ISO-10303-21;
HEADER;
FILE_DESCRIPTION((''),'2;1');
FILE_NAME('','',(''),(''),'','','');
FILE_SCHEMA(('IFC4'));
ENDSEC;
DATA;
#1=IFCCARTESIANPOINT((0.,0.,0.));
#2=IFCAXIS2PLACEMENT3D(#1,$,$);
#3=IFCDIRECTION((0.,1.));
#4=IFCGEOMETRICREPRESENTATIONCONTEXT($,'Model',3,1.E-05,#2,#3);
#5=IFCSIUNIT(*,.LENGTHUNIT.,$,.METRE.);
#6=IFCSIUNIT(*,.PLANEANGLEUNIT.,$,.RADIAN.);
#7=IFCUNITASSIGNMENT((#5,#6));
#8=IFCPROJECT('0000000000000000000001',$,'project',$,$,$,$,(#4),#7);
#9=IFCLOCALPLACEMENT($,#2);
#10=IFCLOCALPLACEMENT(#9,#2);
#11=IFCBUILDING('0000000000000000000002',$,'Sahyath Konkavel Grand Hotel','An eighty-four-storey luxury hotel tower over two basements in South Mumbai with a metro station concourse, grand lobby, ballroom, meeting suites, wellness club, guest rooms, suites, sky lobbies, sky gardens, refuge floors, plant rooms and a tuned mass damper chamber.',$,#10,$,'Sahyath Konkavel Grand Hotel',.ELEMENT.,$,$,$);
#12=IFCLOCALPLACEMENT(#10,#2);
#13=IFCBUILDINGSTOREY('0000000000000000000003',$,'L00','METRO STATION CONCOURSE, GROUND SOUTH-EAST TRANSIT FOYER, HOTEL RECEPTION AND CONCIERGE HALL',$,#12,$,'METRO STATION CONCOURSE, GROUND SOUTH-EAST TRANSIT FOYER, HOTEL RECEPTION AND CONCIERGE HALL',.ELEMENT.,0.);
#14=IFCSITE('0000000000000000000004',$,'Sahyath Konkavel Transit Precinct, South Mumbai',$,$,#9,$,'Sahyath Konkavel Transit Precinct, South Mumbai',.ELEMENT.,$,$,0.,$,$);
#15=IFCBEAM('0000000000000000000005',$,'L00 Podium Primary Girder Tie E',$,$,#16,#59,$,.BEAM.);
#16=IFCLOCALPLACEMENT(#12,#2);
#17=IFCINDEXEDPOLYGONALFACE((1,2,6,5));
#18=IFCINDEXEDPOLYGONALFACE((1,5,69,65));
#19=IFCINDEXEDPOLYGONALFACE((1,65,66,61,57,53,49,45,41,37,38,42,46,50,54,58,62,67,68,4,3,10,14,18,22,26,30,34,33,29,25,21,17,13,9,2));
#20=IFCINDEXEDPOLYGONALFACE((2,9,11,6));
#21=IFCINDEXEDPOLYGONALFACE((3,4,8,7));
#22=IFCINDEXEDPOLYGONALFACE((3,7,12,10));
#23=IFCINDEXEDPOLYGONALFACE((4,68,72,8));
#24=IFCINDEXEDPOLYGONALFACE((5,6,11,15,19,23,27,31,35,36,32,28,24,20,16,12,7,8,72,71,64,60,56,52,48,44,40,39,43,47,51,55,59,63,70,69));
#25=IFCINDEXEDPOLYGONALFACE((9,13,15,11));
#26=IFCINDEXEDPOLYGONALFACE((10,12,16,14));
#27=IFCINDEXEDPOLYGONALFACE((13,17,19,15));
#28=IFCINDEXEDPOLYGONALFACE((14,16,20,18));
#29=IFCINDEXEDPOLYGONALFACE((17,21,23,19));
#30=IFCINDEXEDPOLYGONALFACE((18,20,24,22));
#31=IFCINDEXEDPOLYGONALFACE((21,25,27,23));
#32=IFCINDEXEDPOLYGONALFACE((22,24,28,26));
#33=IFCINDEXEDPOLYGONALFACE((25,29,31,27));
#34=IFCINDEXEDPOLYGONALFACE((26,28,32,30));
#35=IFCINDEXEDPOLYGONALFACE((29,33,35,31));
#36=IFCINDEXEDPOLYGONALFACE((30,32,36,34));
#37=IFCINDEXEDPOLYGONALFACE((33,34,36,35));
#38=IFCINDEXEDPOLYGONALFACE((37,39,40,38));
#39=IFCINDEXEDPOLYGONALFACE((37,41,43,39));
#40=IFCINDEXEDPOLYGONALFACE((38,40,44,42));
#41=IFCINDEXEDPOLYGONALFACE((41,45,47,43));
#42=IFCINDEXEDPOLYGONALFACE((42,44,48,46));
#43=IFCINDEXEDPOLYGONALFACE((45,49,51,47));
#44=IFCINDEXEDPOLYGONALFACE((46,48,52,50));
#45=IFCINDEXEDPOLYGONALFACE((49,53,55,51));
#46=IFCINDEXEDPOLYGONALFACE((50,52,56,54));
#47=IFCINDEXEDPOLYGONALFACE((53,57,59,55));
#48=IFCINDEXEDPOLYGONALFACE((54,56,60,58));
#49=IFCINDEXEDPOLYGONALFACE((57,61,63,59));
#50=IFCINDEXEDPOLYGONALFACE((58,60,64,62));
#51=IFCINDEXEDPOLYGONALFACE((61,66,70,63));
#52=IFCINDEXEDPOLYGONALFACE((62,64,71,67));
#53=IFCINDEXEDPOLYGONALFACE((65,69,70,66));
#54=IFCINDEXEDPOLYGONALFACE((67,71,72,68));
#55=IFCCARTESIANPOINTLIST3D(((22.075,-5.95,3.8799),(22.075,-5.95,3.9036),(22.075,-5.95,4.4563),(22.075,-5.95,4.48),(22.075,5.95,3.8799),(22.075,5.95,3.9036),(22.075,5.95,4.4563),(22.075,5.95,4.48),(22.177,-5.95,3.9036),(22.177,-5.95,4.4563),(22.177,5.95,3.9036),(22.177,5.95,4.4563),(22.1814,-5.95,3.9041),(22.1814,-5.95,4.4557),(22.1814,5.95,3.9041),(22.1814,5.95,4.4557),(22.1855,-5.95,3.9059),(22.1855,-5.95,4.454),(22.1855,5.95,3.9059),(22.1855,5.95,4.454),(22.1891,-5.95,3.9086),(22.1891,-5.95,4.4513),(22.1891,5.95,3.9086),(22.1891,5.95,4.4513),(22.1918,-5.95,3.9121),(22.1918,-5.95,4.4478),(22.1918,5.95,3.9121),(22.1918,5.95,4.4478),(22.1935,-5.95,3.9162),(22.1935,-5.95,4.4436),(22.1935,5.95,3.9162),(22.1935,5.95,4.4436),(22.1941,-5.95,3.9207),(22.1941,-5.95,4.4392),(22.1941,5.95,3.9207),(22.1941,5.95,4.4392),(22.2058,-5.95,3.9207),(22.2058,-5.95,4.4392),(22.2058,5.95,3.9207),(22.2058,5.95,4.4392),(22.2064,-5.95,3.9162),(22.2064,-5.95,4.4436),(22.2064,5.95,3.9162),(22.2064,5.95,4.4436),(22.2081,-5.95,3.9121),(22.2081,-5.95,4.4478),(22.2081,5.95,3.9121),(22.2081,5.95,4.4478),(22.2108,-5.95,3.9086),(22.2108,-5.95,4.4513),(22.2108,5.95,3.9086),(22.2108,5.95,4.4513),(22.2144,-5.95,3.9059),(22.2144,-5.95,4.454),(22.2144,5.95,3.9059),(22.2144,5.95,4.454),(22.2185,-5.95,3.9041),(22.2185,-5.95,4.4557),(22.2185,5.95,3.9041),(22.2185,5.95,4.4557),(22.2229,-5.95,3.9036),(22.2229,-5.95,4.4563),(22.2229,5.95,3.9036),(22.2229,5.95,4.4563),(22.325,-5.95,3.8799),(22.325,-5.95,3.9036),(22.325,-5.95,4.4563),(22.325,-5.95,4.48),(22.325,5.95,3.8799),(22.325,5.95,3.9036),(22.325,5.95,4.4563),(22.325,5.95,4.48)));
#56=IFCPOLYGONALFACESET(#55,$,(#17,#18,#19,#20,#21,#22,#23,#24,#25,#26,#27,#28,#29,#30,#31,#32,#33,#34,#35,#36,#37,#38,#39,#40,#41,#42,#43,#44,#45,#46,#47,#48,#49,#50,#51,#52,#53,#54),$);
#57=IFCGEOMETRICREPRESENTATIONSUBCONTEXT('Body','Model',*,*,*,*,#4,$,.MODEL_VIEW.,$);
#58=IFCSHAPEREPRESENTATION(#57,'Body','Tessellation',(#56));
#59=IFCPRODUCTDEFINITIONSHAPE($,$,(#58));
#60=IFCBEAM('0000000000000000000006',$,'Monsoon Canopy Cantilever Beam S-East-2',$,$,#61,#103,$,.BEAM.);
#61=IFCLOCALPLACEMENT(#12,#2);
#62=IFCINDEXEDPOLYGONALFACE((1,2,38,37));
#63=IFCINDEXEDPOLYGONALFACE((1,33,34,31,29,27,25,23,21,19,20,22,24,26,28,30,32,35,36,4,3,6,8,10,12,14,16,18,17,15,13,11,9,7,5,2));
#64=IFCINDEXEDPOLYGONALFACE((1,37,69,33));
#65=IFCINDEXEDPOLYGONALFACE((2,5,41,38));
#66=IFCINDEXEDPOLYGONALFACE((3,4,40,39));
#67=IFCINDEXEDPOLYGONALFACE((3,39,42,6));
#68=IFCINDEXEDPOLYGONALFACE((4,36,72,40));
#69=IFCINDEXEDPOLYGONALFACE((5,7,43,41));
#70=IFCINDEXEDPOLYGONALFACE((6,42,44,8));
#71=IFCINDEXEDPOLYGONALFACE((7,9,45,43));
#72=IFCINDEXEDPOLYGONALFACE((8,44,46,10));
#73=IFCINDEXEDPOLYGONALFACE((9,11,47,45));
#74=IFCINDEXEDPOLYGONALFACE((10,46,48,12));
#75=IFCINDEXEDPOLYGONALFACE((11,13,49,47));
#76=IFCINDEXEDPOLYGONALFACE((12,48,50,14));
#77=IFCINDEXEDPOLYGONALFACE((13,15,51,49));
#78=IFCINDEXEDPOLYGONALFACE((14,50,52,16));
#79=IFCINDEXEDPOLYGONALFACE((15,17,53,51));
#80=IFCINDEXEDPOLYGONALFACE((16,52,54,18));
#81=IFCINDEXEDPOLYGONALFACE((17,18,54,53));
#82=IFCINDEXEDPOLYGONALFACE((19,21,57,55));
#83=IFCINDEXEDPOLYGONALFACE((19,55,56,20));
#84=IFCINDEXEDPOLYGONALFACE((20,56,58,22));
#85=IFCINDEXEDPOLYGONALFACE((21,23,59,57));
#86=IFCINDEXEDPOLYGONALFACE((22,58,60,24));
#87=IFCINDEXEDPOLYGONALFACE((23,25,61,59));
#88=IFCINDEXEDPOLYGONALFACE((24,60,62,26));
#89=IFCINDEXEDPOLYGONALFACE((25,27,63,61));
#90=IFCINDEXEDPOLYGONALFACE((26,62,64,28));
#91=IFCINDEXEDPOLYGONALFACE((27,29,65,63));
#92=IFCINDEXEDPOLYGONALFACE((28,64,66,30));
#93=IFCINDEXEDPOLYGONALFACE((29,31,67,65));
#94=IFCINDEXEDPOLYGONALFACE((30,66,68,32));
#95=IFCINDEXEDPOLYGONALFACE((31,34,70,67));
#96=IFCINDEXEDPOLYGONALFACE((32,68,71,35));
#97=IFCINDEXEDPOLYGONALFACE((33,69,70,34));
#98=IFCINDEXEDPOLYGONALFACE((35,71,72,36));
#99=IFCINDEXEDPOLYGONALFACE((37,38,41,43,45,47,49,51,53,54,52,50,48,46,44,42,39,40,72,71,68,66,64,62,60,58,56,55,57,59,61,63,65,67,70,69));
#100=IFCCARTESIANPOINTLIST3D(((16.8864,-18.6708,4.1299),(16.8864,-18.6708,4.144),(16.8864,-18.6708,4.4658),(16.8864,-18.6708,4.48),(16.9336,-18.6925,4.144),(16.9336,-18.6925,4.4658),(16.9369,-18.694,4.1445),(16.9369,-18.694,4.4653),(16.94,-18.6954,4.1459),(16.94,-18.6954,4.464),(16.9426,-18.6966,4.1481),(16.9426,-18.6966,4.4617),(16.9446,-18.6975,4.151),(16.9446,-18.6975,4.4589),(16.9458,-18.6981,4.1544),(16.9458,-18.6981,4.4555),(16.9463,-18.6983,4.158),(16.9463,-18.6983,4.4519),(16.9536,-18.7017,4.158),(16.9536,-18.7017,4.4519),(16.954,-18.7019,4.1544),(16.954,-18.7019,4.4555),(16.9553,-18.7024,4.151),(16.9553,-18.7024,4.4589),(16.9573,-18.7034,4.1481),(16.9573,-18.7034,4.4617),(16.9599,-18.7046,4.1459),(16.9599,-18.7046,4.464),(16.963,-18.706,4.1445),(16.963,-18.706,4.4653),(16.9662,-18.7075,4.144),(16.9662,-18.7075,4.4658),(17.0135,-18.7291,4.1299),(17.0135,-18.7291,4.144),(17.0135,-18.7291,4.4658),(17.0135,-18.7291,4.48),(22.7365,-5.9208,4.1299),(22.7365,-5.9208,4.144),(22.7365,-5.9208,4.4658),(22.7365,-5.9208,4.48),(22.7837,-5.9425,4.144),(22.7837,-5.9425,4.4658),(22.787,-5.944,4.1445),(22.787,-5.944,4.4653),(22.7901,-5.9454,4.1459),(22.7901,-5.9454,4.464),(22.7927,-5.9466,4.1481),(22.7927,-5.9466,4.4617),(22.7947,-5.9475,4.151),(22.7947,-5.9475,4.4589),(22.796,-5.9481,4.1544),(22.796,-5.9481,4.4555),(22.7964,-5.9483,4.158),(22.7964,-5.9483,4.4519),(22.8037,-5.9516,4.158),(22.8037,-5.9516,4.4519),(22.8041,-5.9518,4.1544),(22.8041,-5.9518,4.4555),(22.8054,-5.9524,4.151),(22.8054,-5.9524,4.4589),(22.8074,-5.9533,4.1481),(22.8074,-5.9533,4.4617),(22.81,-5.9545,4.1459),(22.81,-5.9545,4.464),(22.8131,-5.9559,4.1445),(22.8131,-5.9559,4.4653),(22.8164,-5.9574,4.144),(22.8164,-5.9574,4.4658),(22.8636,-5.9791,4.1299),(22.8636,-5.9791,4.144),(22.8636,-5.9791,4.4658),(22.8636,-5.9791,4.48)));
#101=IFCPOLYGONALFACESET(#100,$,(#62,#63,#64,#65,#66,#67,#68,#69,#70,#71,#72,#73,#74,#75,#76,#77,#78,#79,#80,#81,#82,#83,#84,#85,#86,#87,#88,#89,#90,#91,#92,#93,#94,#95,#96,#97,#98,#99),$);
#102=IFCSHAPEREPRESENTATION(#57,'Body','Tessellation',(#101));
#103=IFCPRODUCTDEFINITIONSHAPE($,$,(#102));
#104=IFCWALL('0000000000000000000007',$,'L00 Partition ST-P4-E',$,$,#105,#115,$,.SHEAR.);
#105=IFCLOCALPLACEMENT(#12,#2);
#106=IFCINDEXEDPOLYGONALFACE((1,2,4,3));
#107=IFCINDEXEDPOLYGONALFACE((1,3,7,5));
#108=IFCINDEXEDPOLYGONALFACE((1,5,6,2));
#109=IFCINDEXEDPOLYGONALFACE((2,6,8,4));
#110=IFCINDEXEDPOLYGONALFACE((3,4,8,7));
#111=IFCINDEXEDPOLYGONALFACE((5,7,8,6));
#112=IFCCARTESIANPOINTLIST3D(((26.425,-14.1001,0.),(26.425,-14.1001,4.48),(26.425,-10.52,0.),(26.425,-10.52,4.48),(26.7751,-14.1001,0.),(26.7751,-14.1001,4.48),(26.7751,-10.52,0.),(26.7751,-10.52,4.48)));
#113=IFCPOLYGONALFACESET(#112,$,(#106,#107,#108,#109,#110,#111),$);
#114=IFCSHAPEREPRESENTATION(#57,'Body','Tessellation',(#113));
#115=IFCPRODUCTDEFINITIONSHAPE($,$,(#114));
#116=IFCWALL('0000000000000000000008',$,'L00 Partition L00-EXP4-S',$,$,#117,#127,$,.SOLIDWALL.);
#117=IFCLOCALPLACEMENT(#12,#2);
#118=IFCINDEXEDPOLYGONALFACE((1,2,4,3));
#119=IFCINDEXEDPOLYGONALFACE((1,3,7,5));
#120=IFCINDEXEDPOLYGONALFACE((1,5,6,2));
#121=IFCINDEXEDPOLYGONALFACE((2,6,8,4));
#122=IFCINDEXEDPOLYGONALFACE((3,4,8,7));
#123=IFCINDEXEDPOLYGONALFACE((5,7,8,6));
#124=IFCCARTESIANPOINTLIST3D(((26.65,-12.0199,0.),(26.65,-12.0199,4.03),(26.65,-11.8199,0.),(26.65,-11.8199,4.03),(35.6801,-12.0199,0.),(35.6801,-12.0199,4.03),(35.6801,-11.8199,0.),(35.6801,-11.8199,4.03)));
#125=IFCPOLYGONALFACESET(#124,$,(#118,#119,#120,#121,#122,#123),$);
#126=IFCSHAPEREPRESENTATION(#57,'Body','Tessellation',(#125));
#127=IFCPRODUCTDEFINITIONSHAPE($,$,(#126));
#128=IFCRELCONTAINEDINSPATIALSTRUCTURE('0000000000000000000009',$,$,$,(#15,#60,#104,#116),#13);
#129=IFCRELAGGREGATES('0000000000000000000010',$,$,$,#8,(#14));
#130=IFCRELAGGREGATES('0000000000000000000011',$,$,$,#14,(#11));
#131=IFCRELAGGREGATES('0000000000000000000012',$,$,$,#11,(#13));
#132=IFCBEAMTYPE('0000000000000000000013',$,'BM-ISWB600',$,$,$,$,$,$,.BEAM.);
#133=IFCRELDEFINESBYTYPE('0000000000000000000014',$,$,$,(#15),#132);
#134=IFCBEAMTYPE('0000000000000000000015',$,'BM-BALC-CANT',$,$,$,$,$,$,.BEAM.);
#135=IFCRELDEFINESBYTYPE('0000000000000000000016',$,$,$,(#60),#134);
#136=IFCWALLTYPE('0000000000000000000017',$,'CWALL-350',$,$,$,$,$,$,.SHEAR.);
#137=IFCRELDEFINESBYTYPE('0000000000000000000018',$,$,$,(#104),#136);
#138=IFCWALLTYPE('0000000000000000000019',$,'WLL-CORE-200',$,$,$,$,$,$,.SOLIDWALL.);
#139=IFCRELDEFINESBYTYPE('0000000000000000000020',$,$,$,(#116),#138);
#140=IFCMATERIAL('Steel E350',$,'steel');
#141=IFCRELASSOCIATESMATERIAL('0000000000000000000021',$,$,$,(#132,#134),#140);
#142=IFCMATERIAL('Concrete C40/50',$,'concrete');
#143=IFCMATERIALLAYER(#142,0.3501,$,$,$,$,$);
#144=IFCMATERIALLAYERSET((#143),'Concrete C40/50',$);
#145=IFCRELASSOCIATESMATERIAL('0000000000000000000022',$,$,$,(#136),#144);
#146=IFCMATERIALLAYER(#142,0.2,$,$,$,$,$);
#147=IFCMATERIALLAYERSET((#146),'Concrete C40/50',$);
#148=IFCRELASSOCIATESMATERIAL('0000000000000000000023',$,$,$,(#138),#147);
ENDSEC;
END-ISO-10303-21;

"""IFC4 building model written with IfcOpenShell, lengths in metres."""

from ifc_helpers import new_model, si_unit, direction, frame, frame_2d, origin, origin_2d, place, context, subcontext, project, spatial, rectangle, i_section, extrude, source, transform, mapped, material, layer, layer_set, material_profile, profile_set, type_object, element, save


model = new_model("IFC4")

# Units and contexts
model_context = context("Model", 3, precision=1e-05, world=origin(), true_north=direction((0.0, 1.0)))
body_context = subcontext(model_context, "Body", "Model", "MODEL_VIEW")
ifc_project = project(units=[si_unit("LENGTHUNIT", "METRE"), si_unit("PLANEANGLEUNIT", "RADIAN")], contexts=[model_context])

# Site, building, storey
site_placement = place(None, origin())
site = spatial("IfcSite", under=ifc_project, at=site_placement, Name="Sahyath Konkavel Transit Precinct, South Mumbai", LongName="Sahyath Konkavel Transit Precinct, South Mumbai", CompositionType="ELEMENT", RefElevation=0.0)
building_placement = place(site_placement, origin())
building = spatial("IfcBuilding", under=site, at=building_placement, Name="Sahyath Konkavel Grand Hotel", Description="An eighty-four-storey luxury hotel tower over two basements in South Mumbai with a metro station concourse, grand lobby, ballroom, meeting suites, wellness club, guest rooms, suites, sky lobbies, sky gardens, refuge floors, plant rooms and a tuned mass damper chamber.", LongName="Sahyath Konkavel Grand Hotel", CompositionType="ELEMENT")
storey_placement = place(building_placement, origin())
storey = spatial("IfcBuildingStorey", under=building, at=storey_placement, Name="L00", Description="METRO STATION CONCOURSE, GROUND SOUTH-EAST TRANSIT FOYER, HOTEL RECEPTION AND CONCIERGE HALL", LongName="METRO STATION CONCOURSE, GROUND SOUTH-EAST TRANSIT FOYER, HOTEL RECEPTION AND CONCIERGE HALL", CompositionType="ELEMENT", Elevation=0.0)

# Shared definitions
ifc_material_1 = material(Name="Steel E350", Category="steel")

# Beams
ifc_material_profile_1 = material_profile(ifc_material_1, i_section(OverallWidth=0.25, OverallDepth=0.6001, WebThickness=0.0117, FlangeThickness=0.0237, FilletRadius=0.0171, at=origin_2d()), Name="ISWB 600")
ifc_profile_set_1 = profile_set([ifc_material_profile_1], Name="Steel E350")
beam_type_1 = type_object("IfcBeamType", Name="BM-ISWB600", PredefinedType="BEAM", material=ifc_profile_set_1)
shared_shape_1 = source(origin(), body_context, "Body", "SweptSolid", [
    extrude(i_section(OverallWidth=0.25, OverallDepth=0.6001, WebThickness=0.0117, FlangeThickness=0.0237, FilletRadius=0.0171, at=origin_2d()), origin(), (0.0, 0.0, 1.0), 11.8999),
])
beam_1_placement = place(storey_placement, frame((22.2, -5.95, 4.1799), z_axis=(0.0, 1.0, 0.0), x_axis=(-1.0, 0.0, 0.0)))
element("IfcBeam", 1, at=beam_1_placement, inside=storey, type_object=beam_type_1, Name="L00 Podium Primary Girder Tie E", PredefinedType="BEAM", context=body_context, shape_type="MappedRepresentation", body=[
    mapped(shared_shape_1, transform((0.0, 0.0, 0.0), scale=1.0)),
])
ifc_material_profile_2 = material_profile(ifc_material_1, i_section(OverallWidth=0.1399, OverallDepth=0.3501, WebThickness=0.0081, FlangeThickness=0.0142, FilletRadius=0.0139, at=origin_2d()), Name="ISMB 350")
ifc_profile_set_2 = profile_set([ifc_material_profile_2], Name="Steel E350")
beam_type_2 = type_object("IfcBeamType", Name="BM-BALC-CANT", PredefinedType="BEAM", material=ifc_profile_set_2)
shared_shape_2 = source(origin(), body_context, "Body", "SweptSolid", [
    extrude(i_section(OverallWidth=0.1399, OverallDepth=0.3501, WebThickness=0.0081, FlangeThickness=0.0142, FilletRadius=0.0139, at=origin_2d()), origin(), (0.0, 0.0, 1.0), 14.0281),
])
beam_2_placement = place(storey_placement, frame((22.8, -5.95, 4.3049), z_axis=(-0.417029, -0.908893, 0.0), x_axis=(0.908893, -0.417029, 0.0)))
element("IfcBeam", 2, at=beam_2_placement, inside=storey, type_object=beam_type_2, Name="Monsoon Canopy Cantilever Beam S-East-2", PredefinedType="BEAM", context=body_context, shape_type="MappedRepresentation", body=[
    mapped(shared_shape_2, transform((0.0, 0.0, 0.0), scale=1.0)),
])

# Walls
ifc_material_2 = material(Name="Concrete C40/50", Category="concrete")
ifc_layer_1 = layer(ifc_material_2, 0.3501)
ifc_layer_set_1 = layer_set([ifc_layer_1], Name="Concrete C40/50")
wall_type_1 = type_object("IfcWallType", Name="CWALL-350", PredefinedType="SHEAR", material=ifc_layer_set_1)
wall_1_placement = place(storey_placement, frame((26.6001, -14.1001, 0.0), z_axis=(0.0, 0.0, 1.0), x_axis=(0.0, 1.0, 0.0)))
element("IfcWall", 3, at=wall_1_placement, inside=storey, type_object=wall_type_1, Name="L00 Partition ST-P4-E", PredefinedType="SHEAR", context=body_context, shape_type="SweptSolid", body=[
    extrude(rectangle(XDim=3.5801, YDim=0.3501, at=frame_2d((1.79, 0.0))), origin(), (0.0, 0.0, 1.0), 4.48),
])
ifc_layer_2 = layer(ifc_material_2, 0.2)
ifc_layer_set_2 = layer_set([ifc_layer_2], Name="Concrete C40/50")
wall_type_2 = type_object("IfcWallType", Name="WLL-CORE-200", PredefinedType="SOLIDWALL", material=ifc_layer_set_2)
wall_2_placement = place(storey_placement, frame((26.6499, -11.9199, 0.0), z_axis=(0.0, 0.0, 1.0), x_axis=(1.0, 0.0, 0.0)))
element("IfcWall", 4, at=wall_2_placement, inside=storey, type_object=wall_type_2, Name="L00 Partition L00-EXP4-S", PredefinedType="SOLIDWALL", context=body_context, shape_type="SweptSolid", body=[
    extrude(rectangle(XDim=9.03, YDim=0.2, at=frame_2d((4.5151, 0.0))), origin(), (0.0, 0.0, 1.0), 4.03),
])

save(model, "model.ifc")
